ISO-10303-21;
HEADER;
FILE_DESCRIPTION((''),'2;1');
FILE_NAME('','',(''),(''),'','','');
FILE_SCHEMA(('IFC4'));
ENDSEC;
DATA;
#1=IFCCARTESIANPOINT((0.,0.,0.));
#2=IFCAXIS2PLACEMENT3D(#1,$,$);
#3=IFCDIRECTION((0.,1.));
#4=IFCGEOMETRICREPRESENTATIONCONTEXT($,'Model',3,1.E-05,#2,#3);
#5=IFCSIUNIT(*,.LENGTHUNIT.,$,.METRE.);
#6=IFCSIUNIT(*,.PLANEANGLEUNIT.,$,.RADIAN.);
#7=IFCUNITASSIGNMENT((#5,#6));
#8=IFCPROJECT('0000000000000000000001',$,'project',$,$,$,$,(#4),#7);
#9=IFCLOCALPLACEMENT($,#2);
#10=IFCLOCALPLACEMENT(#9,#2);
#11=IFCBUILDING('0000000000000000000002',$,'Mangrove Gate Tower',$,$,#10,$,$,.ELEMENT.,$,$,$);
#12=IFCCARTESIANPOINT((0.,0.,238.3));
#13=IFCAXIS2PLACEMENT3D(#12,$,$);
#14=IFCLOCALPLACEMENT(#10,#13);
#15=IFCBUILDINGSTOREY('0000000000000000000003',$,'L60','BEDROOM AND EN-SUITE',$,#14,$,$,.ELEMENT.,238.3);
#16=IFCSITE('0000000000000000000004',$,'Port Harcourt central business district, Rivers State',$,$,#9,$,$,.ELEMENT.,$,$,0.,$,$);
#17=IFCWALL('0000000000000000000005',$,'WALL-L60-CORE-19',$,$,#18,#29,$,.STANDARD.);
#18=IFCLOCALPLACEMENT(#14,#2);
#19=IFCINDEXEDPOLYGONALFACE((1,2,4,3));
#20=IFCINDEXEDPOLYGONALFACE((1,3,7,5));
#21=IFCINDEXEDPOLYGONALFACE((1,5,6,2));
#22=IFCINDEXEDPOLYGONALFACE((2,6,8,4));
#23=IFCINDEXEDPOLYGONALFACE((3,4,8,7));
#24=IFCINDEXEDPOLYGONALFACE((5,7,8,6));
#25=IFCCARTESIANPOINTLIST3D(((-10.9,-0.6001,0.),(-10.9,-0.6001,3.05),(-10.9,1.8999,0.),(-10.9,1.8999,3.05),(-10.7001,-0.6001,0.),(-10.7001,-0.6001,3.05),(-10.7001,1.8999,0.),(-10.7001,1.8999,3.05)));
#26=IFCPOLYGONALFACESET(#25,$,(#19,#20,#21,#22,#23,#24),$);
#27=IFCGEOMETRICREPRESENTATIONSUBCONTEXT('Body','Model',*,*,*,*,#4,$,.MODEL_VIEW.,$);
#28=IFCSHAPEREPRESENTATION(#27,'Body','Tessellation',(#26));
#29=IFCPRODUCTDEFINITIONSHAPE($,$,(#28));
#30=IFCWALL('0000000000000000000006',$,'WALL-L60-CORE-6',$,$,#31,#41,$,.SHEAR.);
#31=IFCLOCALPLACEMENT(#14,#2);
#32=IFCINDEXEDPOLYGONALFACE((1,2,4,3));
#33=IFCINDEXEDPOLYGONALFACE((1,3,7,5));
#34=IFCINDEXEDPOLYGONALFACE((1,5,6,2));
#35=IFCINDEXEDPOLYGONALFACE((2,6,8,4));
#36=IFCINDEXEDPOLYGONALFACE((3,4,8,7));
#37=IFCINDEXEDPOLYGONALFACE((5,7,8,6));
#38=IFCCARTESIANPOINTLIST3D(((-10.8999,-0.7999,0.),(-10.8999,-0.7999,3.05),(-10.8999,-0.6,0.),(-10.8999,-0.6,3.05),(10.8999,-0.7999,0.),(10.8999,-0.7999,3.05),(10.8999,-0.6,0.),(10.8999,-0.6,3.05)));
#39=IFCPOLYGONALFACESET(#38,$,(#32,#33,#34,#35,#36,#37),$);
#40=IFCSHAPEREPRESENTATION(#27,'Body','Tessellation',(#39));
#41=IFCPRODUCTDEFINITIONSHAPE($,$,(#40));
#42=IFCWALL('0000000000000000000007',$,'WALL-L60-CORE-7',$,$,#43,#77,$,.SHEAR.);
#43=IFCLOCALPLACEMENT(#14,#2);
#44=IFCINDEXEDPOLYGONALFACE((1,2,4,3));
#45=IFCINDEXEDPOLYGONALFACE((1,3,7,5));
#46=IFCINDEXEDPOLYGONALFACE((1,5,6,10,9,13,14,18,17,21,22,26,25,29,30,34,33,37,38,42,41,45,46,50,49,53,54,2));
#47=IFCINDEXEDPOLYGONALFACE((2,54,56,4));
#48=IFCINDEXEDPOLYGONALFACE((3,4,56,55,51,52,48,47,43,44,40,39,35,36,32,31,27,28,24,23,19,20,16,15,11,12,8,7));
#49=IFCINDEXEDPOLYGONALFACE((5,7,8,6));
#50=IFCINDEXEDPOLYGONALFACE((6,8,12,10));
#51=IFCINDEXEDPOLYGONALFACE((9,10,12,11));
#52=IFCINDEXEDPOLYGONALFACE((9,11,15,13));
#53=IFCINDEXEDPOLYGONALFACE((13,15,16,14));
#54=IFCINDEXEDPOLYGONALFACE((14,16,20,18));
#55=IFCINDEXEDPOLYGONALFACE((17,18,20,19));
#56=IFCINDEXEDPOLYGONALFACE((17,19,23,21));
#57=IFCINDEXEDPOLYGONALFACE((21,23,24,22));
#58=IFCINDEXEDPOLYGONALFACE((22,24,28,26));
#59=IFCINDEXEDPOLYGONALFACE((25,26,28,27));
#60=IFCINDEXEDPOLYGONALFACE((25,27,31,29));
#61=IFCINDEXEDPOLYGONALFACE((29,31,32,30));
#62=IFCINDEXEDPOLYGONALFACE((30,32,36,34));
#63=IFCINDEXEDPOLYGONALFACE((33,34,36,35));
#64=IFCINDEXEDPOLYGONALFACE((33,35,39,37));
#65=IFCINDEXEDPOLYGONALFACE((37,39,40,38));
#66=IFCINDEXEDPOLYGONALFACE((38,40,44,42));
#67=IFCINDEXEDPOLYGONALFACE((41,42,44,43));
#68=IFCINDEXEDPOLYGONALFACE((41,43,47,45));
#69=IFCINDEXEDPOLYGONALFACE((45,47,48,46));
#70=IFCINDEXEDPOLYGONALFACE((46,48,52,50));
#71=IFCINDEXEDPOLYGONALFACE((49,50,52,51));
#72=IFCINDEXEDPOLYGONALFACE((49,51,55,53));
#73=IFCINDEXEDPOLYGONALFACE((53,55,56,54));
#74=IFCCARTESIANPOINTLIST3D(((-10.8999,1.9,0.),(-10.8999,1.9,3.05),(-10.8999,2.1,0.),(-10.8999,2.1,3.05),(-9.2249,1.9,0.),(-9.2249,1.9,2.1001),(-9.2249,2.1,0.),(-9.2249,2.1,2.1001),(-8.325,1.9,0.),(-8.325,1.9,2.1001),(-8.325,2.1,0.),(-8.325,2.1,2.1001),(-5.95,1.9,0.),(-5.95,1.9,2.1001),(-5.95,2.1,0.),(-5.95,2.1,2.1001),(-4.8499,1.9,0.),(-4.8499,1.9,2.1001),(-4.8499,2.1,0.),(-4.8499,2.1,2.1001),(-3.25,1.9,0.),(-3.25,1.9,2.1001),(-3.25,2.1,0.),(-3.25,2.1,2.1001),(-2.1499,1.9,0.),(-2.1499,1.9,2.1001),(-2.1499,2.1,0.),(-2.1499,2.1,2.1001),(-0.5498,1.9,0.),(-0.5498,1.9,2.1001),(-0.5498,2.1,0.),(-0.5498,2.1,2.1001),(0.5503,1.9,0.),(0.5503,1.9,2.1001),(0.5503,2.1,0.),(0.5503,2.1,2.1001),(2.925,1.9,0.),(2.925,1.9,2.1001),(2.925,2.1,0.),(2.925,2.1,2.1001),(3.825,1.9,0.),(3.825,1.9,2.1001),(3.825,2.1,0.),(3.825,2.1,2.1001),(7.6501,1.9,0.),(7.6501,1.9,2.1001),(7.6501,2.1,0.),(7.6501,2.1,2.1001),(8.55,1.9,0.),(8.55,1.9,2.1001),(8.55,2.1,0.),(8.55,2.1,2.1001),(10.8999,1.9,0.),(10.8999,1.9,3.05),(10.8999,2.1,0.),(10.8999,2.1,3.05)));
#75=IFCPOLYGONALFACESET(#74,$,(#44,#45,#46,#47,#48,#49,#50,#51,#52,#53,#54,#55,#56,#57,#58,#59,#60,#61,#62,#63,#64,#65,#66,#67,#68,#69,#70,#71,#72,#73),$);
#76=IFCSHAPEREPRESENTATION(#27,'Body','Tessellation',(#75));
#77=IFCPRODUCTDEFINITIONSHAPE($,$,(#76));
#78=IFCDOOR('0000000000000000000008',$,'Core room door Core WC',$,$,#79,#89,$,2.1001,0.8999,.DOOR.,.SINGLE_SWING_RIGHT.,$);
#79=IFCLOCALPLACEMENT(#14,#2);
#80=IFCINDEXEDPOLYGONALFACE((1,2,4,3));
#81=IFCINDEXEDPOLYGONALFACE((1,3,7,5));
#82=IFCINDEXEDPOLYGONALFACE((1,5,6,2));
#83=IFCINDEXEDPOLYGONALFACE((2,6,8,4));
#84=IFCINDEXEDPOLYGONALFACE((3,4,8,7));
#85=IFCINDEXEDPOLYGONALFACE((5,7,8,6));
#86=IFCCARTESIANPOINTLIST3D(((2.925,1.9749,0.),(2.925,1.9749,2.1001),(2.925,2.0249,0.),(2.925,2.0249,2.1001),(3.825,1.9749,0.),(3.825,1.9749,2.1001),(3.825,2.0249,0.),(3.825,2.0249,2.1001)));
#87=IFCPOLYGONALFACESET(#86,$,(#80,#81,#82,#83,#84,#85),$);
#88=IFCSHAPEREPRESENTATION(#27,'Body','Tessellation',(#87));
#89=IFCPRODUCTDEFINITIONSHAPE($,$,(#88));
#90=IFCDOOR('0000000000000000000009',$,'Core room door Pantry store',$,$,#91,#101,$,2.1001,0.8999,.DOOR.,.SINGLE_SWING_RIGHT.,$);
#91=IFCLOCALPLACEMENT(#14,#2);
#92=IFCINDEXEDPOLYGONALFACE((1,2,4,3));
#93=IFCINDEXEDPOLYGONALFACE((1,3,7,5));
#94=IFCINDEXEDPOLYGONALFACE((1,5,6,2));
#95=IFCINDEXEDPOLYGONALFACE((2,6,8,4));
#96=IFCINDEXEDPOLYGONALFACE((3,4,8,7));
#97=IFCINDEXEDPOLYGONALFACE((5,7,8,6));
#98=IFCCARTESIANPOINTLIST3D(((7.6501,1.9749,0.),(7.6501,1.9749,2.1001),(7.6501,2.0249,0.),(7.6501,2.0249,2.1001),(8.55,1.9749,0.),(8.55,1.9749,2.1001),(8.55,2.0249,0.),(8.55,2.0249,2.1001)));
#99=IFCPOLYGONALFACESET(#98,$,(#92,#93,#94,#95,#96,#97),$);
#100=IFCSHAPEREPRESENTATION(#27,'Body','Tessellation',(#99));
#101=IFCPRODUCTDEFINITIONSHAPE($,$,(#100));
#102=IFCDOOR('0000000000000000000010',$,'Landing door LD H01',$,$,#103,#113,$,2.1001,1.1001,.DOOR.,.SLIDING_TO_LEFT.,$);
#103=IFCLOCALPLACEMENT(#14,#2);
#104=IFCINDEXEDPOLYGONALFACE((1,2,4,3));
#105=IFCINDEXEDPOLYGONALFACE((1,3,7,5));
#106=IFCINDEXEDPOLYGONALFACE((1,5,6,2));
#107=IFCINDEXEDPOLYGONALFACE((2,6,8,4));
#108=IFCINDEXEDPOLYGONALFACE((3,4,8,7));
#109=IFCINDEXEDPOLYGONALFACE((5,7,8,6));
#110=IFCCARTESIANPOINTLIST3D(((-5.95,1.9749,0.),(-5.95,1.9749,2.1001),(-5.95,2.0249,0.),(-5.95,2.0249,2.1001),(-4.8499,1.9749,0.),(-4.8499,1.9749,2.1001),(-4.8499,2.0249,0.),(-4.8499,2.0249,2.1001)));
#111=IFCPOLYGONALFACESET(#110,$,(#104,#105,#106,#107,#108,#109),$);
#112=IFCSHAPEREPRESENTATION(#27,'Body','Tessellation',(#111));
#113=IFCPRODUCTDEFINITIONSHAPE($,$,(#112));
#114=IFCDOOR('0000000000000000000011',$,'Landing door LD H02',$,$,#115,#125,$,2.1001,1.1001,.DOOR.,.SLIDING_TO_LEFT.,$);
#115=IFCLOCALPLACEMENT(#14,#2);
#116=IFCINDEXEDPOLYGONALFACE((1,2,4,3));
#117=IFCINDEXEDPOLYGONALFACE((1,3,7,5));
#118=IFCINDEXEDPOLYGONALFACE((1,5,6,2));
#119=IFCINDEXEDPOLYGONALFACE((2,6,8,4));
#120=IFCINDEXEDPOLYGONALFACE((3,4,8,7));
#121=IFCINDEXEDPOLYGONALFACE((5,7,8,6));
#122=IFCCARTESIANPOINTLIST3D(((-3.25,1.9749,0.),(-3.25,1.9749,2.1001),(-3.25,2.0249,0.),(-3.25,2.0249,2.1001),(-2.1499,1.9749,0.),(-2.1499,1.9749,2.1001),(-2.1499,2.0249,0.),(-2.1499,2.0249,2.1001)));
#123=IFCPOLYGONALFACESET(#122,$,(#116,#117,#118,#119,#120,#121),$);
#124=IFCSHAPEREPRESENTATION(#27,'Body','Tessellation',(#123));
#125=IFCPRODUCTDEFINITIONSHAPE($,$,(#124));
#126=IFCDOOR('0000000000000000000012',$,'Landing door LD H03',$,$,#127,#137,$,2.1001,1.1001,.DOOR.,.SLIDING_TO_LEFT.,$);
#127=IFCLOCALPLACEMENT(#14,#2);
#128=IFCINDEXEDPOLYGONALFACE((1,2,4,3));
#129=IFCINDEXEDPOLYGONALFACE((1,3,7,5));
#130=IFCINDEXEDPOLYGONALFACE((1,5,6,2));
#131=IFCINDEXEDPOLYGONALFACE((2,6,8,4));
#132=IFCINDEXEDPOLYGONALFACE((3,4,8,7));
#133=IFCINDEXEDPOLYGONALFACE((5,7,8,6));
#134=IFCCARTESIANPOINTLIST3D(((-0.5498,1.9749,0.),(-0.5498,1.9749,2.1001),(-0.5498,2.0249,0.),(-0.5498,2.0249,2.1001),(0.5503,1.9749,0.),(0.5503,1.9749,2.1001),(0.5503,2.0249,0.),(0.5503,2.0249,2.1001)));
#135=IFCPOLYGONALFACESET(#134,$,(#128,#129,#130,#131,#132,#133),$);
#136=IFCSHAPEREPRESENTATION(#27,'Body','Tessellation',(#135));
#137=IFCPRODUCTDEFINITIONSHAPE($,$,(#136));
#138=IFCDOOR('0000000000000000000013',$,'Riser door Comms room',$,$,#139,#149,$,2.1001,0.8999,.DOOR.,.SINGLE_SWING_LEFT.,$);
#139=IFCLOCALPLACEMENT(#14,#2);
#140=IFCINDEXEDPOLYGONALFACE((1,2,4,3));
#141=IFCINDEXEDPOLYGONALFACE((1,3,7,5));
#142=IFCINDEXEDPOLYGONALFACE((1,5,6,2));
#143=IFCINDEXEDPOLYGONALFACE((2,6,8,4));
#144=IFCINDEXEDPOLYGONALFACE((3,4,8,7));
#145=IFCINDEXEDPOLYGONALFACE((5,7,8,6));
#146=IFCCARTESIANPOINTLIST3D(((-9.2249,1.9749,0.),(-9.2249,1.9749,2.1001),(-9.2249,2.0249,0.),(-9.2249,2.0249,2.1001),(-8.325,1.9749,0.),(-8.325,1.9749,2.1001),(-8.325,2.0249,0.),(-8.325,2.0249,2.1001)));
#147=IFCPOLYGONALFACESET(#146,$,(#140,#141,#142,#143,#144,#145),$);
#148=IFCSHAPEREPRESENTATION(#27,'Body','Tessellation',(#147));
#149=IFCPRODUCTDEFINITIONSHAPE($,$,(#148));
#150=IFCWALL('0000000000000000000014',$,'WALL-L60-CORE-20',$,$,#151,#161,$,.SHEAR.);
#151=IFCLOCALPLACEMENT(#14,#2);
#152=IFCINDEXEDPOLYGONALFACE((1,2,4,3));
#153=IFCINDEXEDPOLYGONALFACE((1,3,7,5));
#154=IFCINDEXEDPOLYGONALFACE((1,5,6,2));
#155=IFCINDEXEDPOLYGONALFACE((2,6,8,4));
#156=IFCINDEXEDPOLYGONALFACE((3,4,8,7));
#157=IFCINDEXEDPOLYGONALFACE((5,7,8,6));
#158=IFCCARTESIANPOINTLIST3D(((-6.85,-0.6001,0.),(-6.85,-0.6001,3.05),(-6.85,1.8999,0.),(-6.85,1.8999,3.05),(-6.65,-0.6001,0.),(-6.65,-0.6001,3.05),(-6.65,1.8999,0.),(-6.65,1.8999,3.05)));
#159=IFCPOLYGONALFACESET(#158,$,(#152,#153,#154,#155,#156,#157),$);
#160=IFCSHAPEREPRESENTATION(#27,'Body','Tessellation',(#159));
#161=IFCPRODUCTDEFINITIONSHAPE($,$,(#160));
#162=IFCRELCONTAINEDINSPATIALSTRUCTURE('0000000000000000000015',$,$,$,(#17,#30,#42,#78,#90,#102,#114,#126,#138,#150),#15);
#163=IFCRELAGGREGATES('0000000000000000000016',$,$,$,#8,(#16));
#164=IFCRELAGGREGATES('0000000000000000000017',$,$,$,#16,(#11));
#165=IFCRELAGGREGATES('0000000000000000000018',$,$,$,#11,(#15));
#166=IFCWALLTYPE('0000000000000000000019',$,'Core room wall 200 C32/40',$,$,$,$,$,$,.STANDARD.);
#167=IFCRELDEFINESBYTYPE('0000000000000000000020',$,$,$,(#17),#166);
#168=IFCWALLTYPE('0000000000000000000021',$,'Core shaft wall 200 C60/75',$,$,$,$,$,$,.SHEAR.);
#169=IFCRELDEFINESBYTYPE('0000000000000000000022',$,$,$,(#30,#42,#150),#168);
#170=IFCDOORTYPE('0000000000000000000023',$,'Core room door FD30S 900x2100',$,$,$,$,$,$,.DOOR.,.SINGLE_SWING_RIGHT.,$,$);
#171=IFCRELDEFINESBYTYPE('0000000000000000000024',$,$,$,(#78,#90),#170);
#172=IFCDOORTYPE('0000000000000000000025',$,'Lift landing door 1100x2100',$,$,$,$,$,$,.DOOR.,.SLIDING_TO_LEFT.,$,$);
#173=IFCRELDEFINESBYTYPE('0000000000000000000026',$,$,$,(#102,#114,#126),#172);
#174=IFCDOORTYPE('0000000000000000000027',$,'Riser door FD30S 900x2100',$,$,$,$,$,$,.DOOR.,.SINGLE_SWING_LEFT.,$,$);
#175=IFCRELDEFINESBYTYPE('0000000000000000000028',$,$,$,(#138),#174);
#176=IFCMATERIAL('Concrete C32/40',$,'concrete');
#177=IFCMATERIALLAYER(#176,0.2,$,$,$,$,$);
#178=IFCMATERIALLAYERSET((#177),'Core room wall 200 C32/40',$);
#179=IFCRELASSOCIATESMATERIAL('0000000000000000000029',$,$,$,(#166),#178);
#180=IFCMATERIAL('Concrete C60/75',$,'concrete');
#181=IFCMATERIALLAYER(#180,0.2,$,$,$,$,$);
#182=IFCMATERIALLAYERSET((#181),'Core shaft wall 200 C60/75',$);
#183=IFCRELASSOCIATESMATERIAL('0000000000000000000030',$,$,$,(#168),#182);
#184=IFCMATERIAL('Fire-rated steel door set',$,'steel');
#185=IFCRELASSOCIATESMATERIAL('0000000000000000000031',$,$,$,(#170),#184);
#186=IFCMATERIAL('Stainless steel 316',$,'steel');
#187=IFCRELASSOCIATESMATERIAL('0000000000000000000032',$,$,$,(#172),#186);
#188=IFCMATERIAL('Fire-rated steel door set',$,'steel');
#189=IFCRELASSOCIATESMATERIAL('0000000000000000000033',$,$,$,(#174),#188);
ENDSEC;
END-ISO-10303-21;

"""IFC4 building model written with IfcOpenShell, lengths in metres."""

from ifc_helpers import new_model, si_unit, direction, frame, frame_2d, origin, place, context, subcontext, project, spatial, rectangle, extrude, material, layer, layer_set, type_object, element, fill, save


model = new_model("IFC4")

# Units and contexts
model_context = context("Model", 3, precision=1e-05, world=origin(), true_north=direction((0.0, 1.0)))
body_context = subcontext(model_context, "Body", "Model", "MODEL_VIEW")
ifc_project = project(units=[si_unit("LENGTHUNIT", "METRE"), si_unit("PLANEANGLEUNIT", "RADIAN")], contexts=[model_context])

# Site, building, storey
site_placement = place(None, origin())
site = spatial("IfcSite", under=ifc_project, at=site_placement, Name="Port Harcourt central business district, Rivers State", CompositionType="ELEMENT", RefElevation=0.0)
building_placement = place(site_placement, origin())
building = spatial("IfcBuilding", under=site, at=building_placement, Name="Mangrove Gate Tower", CompositionType="ELEMENT")
storey_placement = place(building_placement, frame((0.0, 0.0, 238.3)))
storey = spatial("IfcBuildingStorey", under=building, at=storey_placement, Name="L60", Description="BEDROOM AND EN-SUITE", CompositionType="ELEMENT", Elevation=238.3)

# Walls
ifc_material_1 = material(Name="Concrete C32/40", Category="concrete")
ifc_layer_1 = layer(ifc_material_1, 0.2)
ifc_layer_set_1 = layer_set([ifc_layer_1], Name="Core room wall 200 C32/40")
wall_type_1 = type_object("IfcWallType", Name="Core room wall 200 C32/40", PredefinedType="STANDARD", material=ifc_layer_set_1)
wall_1_placement = place(storey_placement, frame((-10.8, -0.6001, 0.0), z_axis=(0.0, 0.0, 1.0), x_axis=(0.0, 1.0, 0.0)))
element("IfcWall", 1, at=wall_1_placement, inside=storey, type_object=wall_type_1, Name="WALL-L60-CORE-19", PredefinedType="STANDARD", context=body_context, shape_type="SweptSolid", body=[
    extrude(rectangle(XDim=2.5, YDim=0.2, at=frame_2d((1.25, 0.0))), origin(), (0.0, 0.0, 1.0), 3.05),
])
ifc_material_2 = material(Name="Concrete C60/75", Category="concrete")
ifc_layer_2 = layer(ifc_material_2, 0.2)
ifc_layer_set_2 = layer_set([ifc_layer_2], Name="Core shaft wall 200 C60/75")
wall_type_2 = type_object("IfcWallType", Name="Core shaft wall 200 C60/75", PredefinedType="SHEAR", material=ifc_layer_set_2)
wall_2_placement = place(storey_placement, frame((-10.8999, -0.7, 0.0), z_axis=(0.0, 0.0, 1.0), x_axis=(1.0, 0.0, 0.0)))
element("IfcWall", 2, at=wall_2_placement, inside=storey, type_object=wall_type_2, Name="WALL-L60-CORE-6", PredefinedType="SHEAR", context=body_context, shape_type="SweptSolid", body=[
    extrude(rectangle(XDim=21.7998, YDim=0.2, at=frame_2d((10.8999, 0.0))), origin(), (0.0, 0.0, 1.0), 3.05),
])

# Wall, openings, doors
wall_3_placement = place(storey_placement, frame((-10.8999, 2.0, 0.0), z_axis=(0.0, 0.0, 1.0), x_axis=(1.0, 0.0, 0.0)))
wall_3 = element("IfcWall", 3, at=wall_3_placement, inside=storey, type_object=wall_type_2, Name="WALL-L60-CORE-7", PredefinedType="SHEAR", context=body_context, shape_type="SweptSolid", body=[
    extrude(rectangle(XDim=21.7998, YDim=0.2, at=frame_2d((10.8999, 0.0))), origin(), (0.0, 0.0, 1.0), 3.05),
])
opening_1_placement = place(wall_3_placement, frame((4.95, 0.0, 0.0)))
opening_1 = element("IfcOpeningElement", 4, at=opening_1_placement, cuts=wall_3, PredefinedType="OPENING", context=body_context, shape_type="SweptSolid", body=[
    extrude(rectangle(XDim=1.1001, YDim=2.1001, at=frame_2d((0.55, 1.05))), frame((0.0, 0.1099, 0.0), z_axis=(0.0, -1.0, 0.0), x_axis=(1.0, 0.0, 0.0)), (0.0, 0.0, 1.0), 0.22),
])
opening_2_placement = place(wall_3_placement, frame((7.6499, 0.0, 0.0)))
opening_2 = element("IfcOpeningElement", 5, at=opening_2_placement, cuts=wall_3, PredefinedType="OPENING", context=body_context, shape_type="SweptSolid", body=[
    extrude(rectangle(XDim=1.1001, YDim=2.1001, at=frame_2d((0.55, 1.05))), frame((0.0, 0.1099, 0.0), z_axis=(0.0, -1.0, 0.0), x_axis=(1.0, 0.0, 0.0)), (0.0, 0.0, 1.0), 0.22),
])
opening_3_placement = place(wall_3_placement, frame((10.3501, 0.0, 0.0)))
opening_3 = element("IfcOpeningElement", 6, at=opening_3_placement, cuts=wall_3, PredefinedType="OPENING", context=body_context, shape_type="SweptSolid", body=[
    extrude(rectangle(XDim=1.1001, YDim=2.1001, at=frame_2d((0.55, 1.05))), frame((0.0, 0.1099, 0.0), z_axis=(0.0, -1.0, 0.0), x_axis=(1.0, 0.0, 0.0)), (0.0, 0.0, 1.0), 0.22),
])
opening_4_placement = place(wall_3_placement, frame((1.675, 0.0, 0.0)))
opening_4 = element("IfcOpeningElement", 7, at=opening_4_placement, cuts=wall_3, PredefinedType="OPENING", context=body_context, shape_type="SweptSolid", body=[
    extrude(rectangle(XDim=0.8999, YDim=2.1001, at=frame_2d((0.45, 1.05))), frame((0.0, 0.1099, 0.0), z_axis=(0.0, -1.0, 0.0), x_axis=(1.0, 0.0, 0.0)), (0.0, 0.0, 1.0), 0.22),
])
opening_5_placement = place(wall_3_placement, frame((13.825, 0.0, 0.0)))
opening_5 = element("IfcOpeningElement", 8, at=opening_5_placement, cuts=wall_3, PredefinedType="OPENING", context=body_context, shape_type="SweptSolid", body=[
    extrude(rectangle(XDim=0.8999, YDim=2.1001, at=frame_2d((0.45, 1.05))), frame((0.0, 0.1099, 0.0), z_axis=(0.0, -1.0, 0.0), x_axis=(1.0, 0.0, 0.0)), (0.0, 0.0, 1.0), 0.22),
])
opening_6_placement = place(wall_3_placement, frame((18.55, 0.0, 0.0)))
opening_6 = element("IfcOpeningElement", 9, at=opening_6_placement, cuts=wall_3, PredefinedType="OPENING", context=body_context, shape_type="SweptSolid", body=[
    extrude(rectangle(XDim=0.8999, YDim=2.1001, at=frame_2d((0.45, 1.05))), frame((0.0, 0.1099, 0.0), z_axis=(0.0, -1.0, 0.0), x_axis=(1.0, 0.0, 0.0)), (0.0, 0.0, 1.0), 0.22),
])
ifc_material_3 = material(Name="Fire-rated steel door set", Category="steel")
door_type_1 = type_object("IfcDoorType", Name="Core room door FD30S 900x2100", OperationType="SINGLE_SWING_RIGHT", PredefinedType="DOOR", material=ifc_material_3)
door_1_placement = place(opening_5_placement, origin())
door_1 = element("IfcDoor", 10, at=door_1_placement, inside=storey, type_object=door_type_1, Name="Core room door Core WC", OperationType="SINGLE_SWING_RIGHT", OverallHeight=2.1001, OverallWidth=0.8999, PredefinedType="DOOR", context=body_context, shape_type="SweptSolid", body=[
    extrude(rectangle(XDim=0.8999, YDim=2.1001, at=frame_2d((0.45, 1.05))), frame((0.0, 0.0249, 0.0), z_axis=(0.0, -1.0, 0.0), x_axis=(1.0, 0.0, 0.0)), (0.0, 0.0, 1.0), 0.05),
])
fill(opening_5, door_1)
door_2_placement = place(opening_6_placement, origin())
door_2 = element("IfcDoor", 11, at=door_2_placement, inside=storey, type_object=door_type_1, Name="Core room door Pantry store", OperationType="SINGLE_SWING_RIGHT", OverallHeight=2.1001, OverallWidth=0.8999, PredefinedType="DOOR", context=body_context, shape_type="SweptSolid", body=[
    extrude(rectangle(XDim=0.8999, YDim=2.1001, at=frame_2d((0.45, 1.05))), frame((0.0, 0.0249, 0.0), z_axis=(0.0, -1.0, 0.0), x_axis=(1.0, 0.0, 0.0)), (0.0, 0.0, 1.0), 0.05),
])
fill(opening_6, door_2)
ifc_material_4 = material(Name="Stainless steel 316", Category="steel")
door_type_2 = type_object("IfcDoorType", Name="Lift landing door 1100x2100", OperationType="SLIDING_TO_LEFT", PredefinedType="DOOR", material=ifc_material_4)
door_3_placement = place(opening_1_placement, origin())
door_3 = element("IfcDoor", 12, at=door_3_placement, inside=storey, type_object=door_type_2, Name="Landing door LD H01", OperationType="SLIDING_TO_LEFT", OverallHeight=2.1001, OverallWidth=1.1001, PredefinedType="DOOR", context=body_context, shape_type="SweptSolid", body=[
    extrude(rectangle(XDim=1.1001, YDim=2.1001, at=frame_2d((0.55, 1.05))), frame((0.0, 0.0249, 0.0), z_axis=(0.0, -1.0, 0.0), x_axis=(1.0, 0.0, 0.0)), (0.0, 0.0, 1.0), 0.05),
])
fill(opening_1, door_3)
door_4_placement = place(opening_2_placement, origin())
door_4 = element("IfcDoor", 13, at=door_4_placement, inside=storey, type_object=door_type_2, Name="Landing door LD H02", OperationType="SLIDING_TO_LEFT", OverallHeight=2.1001, OverallWidth=1.1001, PredefinedType="DOOR", context=body_context, shape_type="SweptSolid", body=[
    extrude(rectangle(XDim=1.1001, YDim=2.1001, at=frame_2d((0.55, 1.05))), frame((0.0, 0.0249, 0.0), z_axis=(0.0, -1.0, 0.0), x_axis=(1.0, 0.0, 0.0)), (0.0, 0.0, 1.0), 0.05),
])
fill(opening_2, door_4)
door_5_placement = place(opening_3_placement, origin())
door_5 = element("IfcDoor", 14, at=door_5_placement, inside=storey, type_object=door_type_2, Name="Landing door LD H03", OperationType="SLIDING_TO_LEFT", OverallHeight=2.1001, OverallWidth=1.1001, PredefinedType="DOOR", context=body_context, shape_type="SweptSolid", body=[
    extrude(rectangle(XDim=1.1001, YDim=2.1001, at=frame_2d((0.55, 1.05))), frame((0.0, 0.0249, 0.0), z_axis=(0.0, -1.0, 0.0), x_axis=(1.0, 0.0, 0.0)), (0.0, 0.0, 1.0), 0.05),
])
fill(opening_3, door_5)
ifc_material_5 = material(Name="Fire-rated steel door set", Category="steel")
door_type_3 = type_object("IfcDoorType", Name="Riser door FD30S 900x2100", OperationType="SINGLE_SWING_LEFT", PredefinedType="DOOR", material=ifc_material_5)
door_6_placement = place(opening_4_placement, origin())
door_6 = element("IfcDoor", 15, at=door_6_placement, inside=storey, type_object=door_type_3, Name="Riser door Comms room", OperationType="SINGLE_SWING_LEFT", OverallHeight=2.1001, OverallWidth=0.8999, PredefinedType="DOOR", context=body_context, shape_type="SweptSolid", body=[
    extrude(rectangle(XDim=0.8999, YDim=2.1001, at=frame_2d((0.45, 1.05))), frame((0.0, 0.0249, 0.0), z_axis=(0.0, -1.0, 0.0), x_axis=(1.0, 0.0, 0.0)), (0.0, 0.0, 1.0), 0.05),
])
fill(opening_4, door_6)

# Wall
for number, where, z_axis, x_axis, name in (
    (16, (-6.75, -0.6001, 0.0), (0.0, 0.0, 1.0), (0.0, 1.0, 0.0), "WALL-L60-CORE-20"),
):
    element("IfcWall", number, at=place(storey_placement, frame(where, z_axis=z_axis, x_axis=x_axis)), inside=storey, type_object=wall_type_2, Name=name, PredefinedType="SHEAR", context=body_context, shape_type="SweptSolid", body=[
        extrude(rectangle(XDim=2.5, YDim=0.2, at=frame_2d((1.25, 0.0))), origin(), (0.0, 0.0, 1.0), 3.05),
    ])

save(model, "model.ifc")
